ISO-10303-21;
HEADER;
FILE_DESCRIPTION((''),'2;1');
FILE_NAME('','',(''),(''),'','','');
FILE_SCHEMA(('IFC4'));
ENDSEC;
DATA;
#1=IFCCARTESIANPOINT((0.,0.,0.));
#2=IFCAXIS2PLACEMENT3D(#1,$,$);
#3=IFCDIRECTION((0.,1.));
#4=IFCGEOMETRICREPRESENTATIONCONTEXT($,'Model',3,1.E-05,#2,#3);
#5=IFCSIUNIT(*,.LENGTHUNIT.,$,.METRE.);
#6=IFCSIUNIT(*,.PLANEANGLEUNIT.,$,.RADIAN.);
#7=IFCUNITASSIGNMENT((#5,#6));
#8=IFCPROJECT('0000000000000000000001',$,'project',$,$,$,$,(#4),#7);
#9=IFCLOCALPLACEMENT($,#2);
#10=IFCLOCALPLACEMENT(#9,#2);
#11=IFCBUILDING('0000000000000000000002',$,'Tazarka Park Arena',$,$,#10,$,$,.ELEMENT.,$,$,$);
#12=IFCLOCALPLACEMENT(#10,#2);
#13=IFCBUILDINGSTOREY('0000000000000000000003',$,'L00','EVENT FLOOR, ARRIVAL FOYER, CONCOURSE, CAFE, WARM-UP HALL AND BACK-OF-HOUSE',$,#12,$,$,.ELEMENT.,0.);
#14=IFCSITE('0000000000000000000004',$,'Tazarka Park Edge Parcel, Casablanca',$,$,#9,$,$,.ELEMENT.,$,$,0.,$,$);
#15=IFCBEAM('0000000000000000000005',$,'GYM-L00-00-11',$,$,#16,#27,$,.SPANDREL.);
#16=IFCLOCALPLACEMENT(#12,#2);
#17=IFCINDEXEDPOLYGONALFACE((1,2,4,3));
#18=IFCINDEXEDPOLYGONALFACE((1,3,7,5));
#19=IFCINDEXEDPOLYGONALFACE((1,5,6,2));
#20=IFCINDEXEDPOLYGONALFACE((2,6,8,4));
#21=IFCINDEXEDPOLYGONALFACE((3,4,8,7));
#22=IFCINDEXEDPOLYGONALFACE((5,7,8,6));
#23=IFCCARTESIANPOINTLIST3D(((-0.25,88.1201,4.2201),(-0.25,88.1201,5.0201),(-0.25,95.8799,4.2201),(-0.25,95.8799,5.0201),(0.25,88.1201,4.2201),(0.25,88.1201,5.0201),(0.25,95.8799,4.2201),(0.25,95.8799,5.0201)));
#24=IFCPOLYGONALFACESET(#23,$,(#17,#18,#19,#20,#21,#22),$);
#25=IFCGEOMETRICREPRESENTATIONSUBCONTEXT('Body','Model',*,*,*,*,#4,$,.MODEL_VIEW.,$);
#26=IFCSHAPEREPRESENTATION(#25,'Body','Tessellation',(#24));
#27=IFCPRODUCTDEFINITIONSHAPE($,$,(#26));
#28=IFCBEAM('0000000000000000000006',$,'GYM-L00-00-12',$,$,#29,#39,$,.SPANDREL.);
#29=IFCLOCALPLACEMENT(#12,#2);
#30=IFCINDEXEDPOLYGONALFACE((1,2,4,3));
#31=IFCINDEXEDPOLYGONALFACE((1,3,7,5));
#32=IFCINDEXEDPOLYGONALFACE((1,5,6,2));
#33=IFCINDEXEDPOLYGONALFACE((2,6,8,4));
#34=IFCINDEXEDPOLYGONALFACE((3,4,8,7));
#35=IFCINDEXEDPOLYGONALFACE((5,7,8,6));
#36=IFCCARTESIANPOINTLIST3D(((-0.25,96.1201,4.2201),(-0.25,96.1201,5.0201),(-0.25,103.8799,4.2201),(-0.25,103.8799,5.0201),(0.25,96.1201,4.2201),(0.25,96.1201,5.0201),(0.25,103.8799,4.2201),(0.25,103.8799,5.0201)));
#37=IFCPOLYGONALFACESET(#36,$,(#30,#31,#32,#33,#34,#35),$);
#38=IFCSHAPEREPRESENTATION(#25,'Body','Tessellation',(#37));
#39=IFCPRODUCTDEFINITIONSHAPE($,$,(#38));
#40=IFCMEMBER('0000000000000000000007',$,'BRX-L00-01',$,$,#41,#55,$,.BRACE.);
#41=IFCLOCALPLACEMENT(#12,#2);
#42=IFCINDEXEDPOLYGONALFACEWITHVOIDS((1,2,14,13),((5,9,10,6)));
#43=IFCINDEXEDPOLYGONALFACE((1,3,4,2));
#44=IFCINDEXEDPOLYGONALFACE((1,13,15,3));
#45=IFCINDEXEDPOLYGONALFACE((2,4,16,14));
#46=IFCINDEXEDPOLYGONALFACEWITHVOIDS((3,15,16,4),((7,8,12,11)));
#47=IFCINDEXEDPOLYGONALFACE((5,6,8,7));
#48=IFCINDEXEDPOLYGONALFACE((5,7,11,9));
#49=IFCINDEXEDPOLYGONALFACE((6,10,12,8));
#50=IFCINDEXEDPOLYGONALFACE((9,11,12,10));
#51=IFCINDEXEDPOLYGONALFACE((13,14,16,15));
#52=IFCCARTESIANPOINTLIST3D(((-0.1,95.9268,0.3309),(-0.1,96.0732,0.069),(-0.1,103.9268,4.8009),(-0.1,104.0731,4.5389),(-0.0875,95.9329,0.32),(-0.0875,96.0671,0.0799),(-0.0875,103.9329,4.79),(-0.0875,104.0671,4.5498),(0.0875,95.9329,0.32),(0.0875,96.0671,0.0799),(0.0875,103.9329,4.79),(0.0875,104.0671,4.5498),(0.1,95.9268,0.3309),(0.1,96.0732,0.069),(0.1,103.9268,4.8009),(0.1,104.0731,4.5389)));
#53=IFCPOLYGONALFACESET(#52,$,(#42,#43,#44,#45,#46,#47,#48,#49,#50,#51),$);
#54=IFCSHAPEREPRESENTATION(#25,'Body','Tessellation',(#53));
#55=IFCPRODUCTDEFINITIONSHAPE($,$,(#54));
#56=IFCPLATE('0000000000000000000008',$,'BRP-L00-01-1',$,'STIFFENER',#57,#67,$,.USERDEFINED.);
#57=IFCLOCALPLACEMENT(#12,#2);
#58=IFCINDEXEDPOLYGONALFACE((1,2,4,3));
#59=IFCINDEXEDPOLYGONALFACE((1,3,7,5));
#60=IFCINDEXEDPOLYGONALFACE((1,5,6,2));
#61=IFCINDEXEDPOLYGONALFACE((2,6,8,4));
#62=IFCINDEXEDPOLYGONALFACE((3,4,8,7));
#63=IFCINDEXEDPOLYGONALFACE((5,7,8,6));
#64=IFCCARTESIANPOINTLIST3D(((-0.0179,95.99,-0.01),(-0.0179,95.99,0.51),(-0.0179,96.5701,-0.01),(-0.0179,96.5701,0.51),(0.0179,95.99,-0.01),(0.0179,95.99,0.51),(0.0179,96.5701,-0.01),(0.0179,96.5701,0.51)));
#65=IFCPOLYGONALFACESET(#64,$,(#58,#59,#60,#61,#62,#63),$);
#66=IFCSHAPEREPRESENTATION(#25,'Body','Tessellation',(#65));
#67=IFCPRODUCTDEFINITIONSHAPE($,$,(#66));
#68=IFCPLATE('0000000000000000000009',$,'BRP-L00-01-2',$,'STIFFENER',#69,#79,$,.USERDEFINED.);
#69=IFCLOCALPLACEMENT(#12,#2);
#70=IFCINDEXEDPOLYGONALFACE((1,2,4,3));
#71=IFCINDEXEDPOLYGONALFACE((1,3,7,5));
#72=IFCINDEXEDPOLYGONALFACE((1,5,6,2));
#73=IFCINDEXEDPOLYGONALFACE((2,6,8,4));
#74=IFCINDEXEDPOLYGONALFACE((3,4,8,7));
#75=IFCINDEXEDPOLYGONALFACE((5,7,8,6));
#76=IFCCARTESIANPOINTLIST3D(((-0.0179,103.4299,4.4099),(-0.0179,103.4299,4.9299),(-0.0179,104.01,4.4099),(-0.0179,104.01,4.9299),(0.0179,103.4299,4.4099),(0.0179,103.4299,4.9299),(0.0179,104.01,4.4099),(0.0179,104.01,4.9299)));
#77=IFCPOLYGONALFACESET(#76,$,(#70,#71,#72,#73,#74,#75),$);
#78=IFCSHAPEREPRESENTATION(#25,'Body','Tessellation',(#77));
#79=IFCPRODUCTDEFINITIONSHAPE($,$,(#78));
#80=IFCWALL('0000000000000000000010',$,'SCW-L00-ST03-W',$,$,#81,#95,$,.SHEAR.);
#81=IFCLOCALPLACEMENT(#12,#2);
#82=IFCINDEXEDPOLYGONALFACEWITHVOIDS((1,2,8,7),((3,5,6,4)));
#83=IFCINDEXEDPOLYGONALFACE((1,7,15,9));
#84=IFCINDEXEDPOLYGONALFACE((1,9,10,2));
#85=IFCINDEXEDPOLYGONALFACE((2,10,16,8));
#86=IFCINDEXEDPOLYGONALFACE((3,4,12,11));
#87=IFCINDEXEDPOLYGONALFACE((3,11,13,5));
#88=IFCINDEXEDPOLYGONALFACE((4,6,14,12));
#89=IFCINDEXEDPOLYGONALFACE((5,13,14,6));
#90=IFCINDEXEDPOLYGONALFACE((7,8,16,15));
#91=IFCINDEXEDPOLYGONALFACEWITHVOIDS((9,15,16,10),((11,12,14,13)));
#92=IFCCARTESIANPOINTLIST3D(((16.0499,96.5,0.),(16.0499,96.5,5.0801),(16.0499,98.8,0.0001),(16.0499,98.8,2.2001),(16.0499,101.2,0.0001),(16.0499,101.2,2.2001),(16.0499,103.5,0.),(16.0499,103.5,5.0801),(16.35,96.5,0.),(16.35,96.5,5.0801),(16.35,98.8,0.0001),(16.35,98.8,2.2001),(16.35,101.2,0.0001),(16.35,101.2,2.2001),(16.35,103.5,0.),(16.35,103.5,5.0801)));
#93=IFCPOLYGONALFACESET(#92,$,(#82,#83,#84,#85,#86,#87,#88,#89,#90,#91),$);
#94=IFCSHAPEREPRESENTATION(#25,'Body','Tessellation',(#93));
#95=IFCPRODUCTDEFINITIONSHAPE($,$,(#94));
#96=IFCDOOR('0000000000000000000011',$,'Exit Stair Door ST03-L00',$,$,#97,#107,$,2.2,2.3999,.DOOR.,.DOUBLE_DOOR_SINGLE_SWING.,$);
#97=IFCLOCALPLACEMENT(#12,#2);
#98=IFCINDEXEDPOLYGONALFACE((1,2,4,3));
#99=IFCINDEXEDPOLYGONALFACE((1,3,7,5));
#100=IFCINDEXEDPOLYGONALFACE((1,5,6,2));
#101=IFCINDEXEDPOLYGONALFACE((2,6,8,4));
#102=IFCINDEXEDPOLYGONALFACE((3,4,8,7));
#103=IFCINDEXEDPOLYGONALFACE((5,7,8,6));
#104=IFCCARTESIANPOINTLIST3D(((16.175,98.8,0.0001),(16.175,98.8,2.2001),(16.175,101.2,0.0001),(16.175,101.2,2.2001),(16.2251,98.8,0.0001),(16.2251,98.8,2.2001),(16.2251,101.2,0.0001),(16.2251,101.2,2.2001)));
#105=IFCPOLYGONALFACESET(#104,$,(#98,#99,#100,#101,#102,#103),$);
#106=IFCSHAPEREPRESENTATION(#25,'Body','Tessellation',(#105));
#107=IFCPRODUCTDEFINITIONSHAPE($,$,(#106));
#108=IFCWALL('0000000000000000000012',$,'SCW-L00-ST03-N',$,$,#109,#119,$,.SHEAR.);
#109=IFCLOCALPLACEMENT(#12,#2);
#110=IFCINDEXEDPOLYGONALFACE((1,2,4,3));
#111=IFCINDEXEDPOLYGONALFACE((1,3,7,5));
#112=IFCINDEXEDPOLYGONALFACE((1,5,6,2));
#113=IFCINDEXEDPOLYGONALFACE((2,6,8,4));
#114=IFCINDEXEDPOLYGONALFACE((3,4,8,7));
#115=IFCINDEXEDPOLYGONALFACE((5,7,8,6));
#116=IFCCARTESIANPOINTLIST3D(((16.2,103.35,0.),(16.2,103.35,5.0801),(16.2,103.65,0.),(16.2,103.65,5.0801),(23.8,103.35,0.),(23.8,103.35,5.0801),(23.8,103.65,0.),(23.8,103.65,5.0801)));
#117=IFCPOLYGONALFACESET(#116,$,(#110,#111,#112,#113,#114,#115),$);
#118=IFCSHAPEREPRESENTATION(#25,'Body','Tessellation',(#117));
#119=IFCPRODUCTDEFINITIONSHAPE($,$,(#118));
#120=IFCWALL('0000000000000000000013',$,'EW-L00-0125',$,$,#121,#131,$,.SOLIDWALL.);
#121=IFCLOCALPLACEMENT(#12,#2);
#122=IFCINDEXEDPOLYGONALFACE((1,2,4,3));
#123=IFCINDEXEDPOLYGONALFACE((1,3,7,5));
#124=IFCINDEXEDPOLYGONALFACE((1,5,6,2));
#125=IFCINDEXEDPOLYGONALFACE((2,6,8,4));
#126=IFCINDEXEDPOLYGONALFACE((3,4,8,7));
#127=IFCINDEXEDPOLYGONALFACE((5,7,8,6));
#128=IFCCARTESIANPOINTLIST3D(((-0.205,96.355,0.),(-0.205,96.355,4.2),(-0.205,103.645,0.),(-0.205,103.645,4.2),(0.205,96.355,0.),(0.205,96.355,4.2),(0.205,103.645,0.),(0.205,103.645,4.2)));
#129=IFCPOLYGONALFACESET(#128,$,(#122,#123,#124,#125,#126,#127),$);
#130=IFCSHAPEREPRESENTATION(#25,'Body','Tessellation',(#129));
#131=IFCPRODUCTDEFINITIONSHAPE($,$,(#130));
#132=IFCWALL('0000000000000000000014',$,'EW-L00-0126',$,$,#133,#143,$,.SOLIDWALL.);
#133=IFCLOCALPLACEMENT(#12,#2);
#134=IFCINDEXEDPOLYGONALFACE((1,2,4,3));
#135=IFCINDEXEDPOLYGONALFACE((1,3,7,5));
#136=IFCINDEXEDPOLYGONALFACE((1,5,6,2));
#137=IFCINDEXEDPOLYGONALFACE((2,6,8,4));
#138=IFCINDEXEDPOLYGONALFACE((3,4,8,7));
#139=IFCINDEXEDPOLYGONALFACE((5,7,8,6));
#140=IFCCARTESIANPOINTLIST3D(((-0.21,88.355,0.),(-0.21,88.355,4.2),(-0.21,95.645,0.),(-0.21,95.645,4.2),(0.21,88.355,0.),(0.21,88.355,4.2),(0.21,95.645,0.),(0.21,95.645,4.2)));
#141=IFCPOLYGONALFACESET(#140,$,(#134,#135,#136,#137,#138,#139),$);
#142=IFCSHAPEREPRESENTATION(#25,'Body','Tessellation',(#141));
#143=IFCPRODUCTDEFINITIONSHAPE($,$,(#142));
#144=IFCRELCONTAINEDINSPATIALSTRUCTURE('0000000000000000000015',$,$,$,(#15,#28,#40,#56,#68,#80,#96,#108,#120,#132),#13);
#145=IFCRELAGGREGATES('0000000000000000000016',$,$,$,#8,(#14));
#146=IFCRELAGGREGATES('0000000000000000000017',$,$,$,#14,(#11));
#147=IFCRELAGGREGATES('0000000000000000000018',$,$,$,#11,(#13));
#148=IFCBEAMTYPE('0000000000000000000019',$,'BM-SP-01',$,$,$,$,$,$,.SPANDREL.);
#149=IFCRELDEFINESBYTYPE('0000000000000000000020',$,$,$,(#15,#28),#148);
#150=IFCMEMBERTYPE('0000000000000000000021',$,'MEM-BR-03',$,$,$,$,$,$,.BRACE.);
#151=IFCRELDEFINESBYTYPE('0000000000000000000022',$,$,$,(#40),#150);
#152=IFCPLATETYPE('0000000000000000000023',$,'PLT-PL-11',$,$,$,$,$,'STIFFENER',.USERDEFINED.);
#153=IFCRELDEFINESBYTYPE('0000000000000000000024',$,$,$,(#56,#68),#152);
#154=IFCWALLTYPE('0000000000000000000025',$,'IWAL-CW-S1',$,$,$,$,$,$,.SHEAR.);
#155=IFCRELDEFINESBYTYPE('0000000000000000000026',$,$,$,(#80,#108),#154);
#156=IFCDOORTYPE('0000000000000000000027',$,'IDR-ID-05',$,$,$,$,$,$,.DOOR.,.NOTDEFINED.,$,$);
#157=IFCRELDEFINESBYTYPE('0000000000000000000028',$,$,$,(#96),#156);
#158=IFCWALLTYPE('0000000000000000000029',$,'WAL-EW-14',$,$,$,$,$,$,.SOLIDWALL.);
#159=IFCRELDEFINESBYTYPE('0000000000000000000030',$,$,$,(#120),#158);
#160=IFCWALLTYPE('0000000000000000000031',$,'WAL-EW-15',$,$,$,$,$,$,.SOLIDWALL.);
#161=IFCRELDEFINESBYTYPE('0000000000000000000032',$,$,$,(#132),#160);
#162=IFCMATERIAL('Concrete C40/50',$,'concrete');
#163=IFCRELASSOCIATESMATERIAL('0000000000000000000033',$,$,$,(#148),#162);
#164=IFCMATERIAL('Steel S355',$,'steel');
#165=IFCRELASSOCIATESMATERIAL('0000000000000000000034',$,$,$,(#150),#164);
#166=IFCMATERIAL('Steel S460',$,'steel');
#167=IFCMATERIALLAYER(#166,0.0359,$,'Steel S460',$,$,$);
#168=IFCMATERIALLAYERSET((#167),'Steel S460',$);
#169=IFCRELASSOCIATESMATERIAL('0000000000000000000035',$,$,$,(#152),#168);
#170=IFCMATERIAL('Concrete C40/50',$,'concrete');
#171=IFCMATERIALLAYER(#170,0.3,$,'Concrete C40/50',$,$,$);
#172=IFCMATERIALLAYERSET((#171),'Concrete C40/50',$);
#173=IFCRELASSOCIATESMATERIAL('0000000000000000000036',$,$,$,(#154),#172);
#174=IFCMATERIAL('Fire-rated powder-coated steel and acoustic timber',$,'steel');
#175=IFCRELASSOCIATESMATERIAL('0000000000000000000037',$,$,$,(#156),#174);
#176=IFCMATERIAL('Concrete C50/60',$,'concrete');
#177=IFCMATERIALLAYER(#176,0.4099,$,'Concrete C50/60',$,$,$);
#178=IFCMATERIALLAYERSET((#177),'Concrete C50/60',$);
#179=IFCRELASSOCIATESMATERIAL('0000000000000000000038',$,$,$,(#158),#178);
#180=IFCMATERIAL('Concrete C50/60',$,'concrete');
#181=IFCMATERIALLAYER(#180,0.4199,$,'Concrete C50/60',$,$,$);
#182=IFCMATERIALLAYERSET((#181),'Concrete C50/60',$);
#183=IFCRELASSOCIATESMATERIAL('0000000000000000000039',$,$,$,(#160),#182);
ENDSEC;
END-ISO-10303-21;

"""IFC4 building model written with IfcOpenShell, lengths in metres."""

from ifc_helpers import new_model, si_unit, direction, frame, frame_2d, origin, origin_2d, place, context, subcontext, project, spatial, rectangle, hollow_rectangle, extrude, material, layer, layer_set, material_profile, profile_set, type_object, element, fill, save


model = new_model("IFC4")

# Units and contexts
model_context = context("Model", 3, precision=1e-05, world=origin(), true_north=direction((0.0, 1.0)))
body_context = subcontext(model_context, "Body", "Model", "MODEL_VIEW")
ifc_project = project(units=[si_unit("LENGTHUNIT", "METRE"), si_unit("PLANEANGLEUNIT", "RADIAN")], contexts=[model_context])

# Site, building, storey
site_placement = place(None, origin())
site = spatial("IfcSite", under=ifc_project, at=site_placement, Name="Tazarka Park Edge Parcel, Casablanca", CompositionType="ELEMENT", RefElevation=0.0)
building_placement = place(site_placement, origin())
building = spatial("IfcBuilding", under=site, at=building_placement, Name="Tazarka Park Arena", CompositionType="ELEMENT")
storey_placement = place(building_placement, origin())
storey = spatial("IfcBuildingStorey", under=building, at=storey_placement, Name="L00", Description="EVENT FLOOR, ARRIVAL FOYER, CONCOURSE, CAFE, WARM-UP HALL AND BACK-OF-HOUSE", CompositionType="ELEMENT", Elevation=0.0)

# Beams
ifc_material_1 = material(Name="Concrete C40/50", Category="concrete")
ifc_material_profile_1 = material_profile(ifc_material_1, rectangle(XDim=0.5, YDim=0.8, at=origin_2d()), Name="Concrete C40/50")
ifc_profile_set_1 = profile_set([ifc_material_profile_1], Name="Concrete C40/50")
beam_type_1 = type_object("IfcBeamType", Name="BM-SP-01", PredefinedType="SPANDREL", material=ifc_profile_set_1)
for number, where, z_axis, x_axis, name in (
    (1, (0.0, 88.1201, 4.6201), (0.0, 1.0, 0.0), (-1.0, 0.0, 0.0), "GYM-L00-00-11"),
    (2, (0.0, 96.1201, 4.6201), (0.0, 1.0, 0.0), (-1.0, 0.0, 0.0), "GYM-L00-00-12"),
):
    element("IfcBeam", number, at=place(storey_placement, frame(where, z_axis=z_axis, x_axis=x_axis)), inside=storey, type_object=beam_type_1, Name=name, PredefinedType="SPANDREL", context=body_context, shape_type="SweptSolid", body=[
        extrude(rectangle(XDim=0.5, YDim=0.8, at=origin_2d()), origin(), (0.0, 0.0, 1.0), 7.7598),
    ])

# Member
ifc_material_2 = material(Name="Steel S355", Category="steel")
ifc_material_profile_2 = material_profile(ifc_material_2, hollow_rectangle(XDim=0.2, YDim=0.3, WallThickness=0.0125, at=origin_2d()), Name="Steel S355")
ifc_profile_set_2 = profile_set([ifc_material_profile_2], Name="Steel S355")
member_type = type_object("IfcMemberType", Name="MEM-BR-03", PredefinedType="BRACE", material=ifc_profile_set_2)
member_placement = place(storey_placement, frame((0.0, 96.0, 0.2), z_axis=(0.0, 0.872972, 0.48777), x_axis=(-1.0, 0.0, 0.0)))
element("IfcMember", 3, at=member_placement, inside=storey, type_object=member_type, Name="BRX-L00-01", PredefinedType="BRACE", context=body_context, shape_type="SweptSolid", body=[
    extrude(hollow_rectangle(XDim=0.2, YDim=0.3, WallThickness=0.0125, at=origin_2d()), origin(), (0.0, 0.0, 1.0), 9.1641),
])

# Plates
ifc_material_3 = material(Name="Steel S460", Category="steel")
ifc_layer_1 = layer(ifc_material_3, 0.0359, Name="Steel S460")
ifc_layer_set_1 = layer_set([ifc_layer_1], Name="Steel S460")
plate_type = type_object("IfcPlateType", Name="PLT-PL-11", ElementType="STIFFENER", PredefinedType="USERDEFINED", material=ifc_layer_set_1)
for number, where, z_axis, x_axis, name in (
    (4, (0.0, 96.28, -0.01), (0.0, 0.0, 1.0), (1.0, 0.0, 0.0), "BRP-L00-01-1"),
    (5, (0.0, 103.72, 4.4099), (0.0, 0.0, 1.0), (1.0, 0.0, 0.0), "BRP-L00-01-2"),
):
    element("IfcPlate", number, at=place(storey_placement, frame(where, z_axis=z_axis, x_axis=x_axis)), inside=storey, type_object=plate_type, Name=name, ObjectType="STIFFENER", PredefinedType="USERDEFINED", context=body_context, shape_type="SweptSolid", body=[
        extrude(rectangle(XDim=0.0359, YDim=0.5801, at=origin_2d()), origin(), (0.0, 0.0, 1.0), 0.52),
    ])

# Wall, opening, door
ifc_material_4 = material(Name="Concrete C40/50", Category="concrete")
ifc_layer_2 = layer(ifc_material_4, 0.3, Name="Concrete C40/50")
ifc_layer_set_2 = layer_set([ifc_layer_2], Name="Concrete C40/50")
wall_type_1 = type_object("IfcWallType", Name="IWAL-CW-S1", PredefinedType="SHEAR", material=ifc_layer_set_2)
wall_1_placement = place(storey_placement, frame((16.2, 96.5, 0.0), z_axis=(0.0, 0.0, 1.0), x_axis=(0.0, 1.0, 0.0)))
wall_1 = element("IfcWall", 6, at=wall_1_placement, inside=storey, type_object=wall_type_1, Name="SCW-L00-ST03-W", PredefinedType="SHEAR", context=body_context, shape_type="SweptSolid", body=[
    extrude(rectangle(XDim=7.0, YDim=0.3, at=frame_2d((3.5, 0.0))), origin(), (0.0, 0.0, 1.0), 5.0801),
])
opening_placement = place(wall_1_placement, frame((2.3, 0.0, 0.0)))
opening = element("IfcOpeningElement", 7, at=opening_placement, cuts=wall_1, PredefinedType="OPENING", context=body_context, shape_type="SweptSolid", body=[
    extrude(rectangle(XDim=2.3999, YDim=2.2, at=frame_2d((1.2, 1.1001))), frame((0.0, 0.1602, 0.0), z_axis=(0.0, -1.0, 0.0), x_axis=(1.0, 0.0, 0.0)), (0.0, 0.0, 1.0), 0.3201),
])
ifc_material_5 = material(Name="Fire-rated powder-coated steel and acoustic timber", Category="steel")
door_type = type_object("IfcDoorType", Name="IDR-ID-05", OperationType="NOTDEFINED", PredefinedType="DOOR", material=ifc_material_5)
door_placement = place(opening_placement, origin())
door = element("IfcDoor", 8, at=door_placement, inside=storey, type_object=door_type, Name="Exit Stair Door ST03-L00", OperationType="DOUBLE_DOOR_SINGLE_SWING", OverallHeight=2.2, OverallWidth=2.3999, PredefinedType="DOOR", context=body_context, shape_type="SweptSolid", body=[
    extrude(rectangle(XDim=2.3999, YDim=2.2, at=frame_2d((1.2, 1.1001))), frame((0.0, 0.0249, 0.0), z_axis=(0.0, -1.0, 0.0), x_axis=(1.0, 0.0, 0.0)), (0.0, 0.0, 1.0), 0.05),
])
fill(opening, door)

# Walls
wall_2_placement = place(storey_placement, frame((16.2, 103.5, 0.0), z_axis=(0.0, 0.0, 1.0), x_axis=(1.0, 0.0, 0.0)))
element("IfcWall", 9, at=wall_2_placement, inside=storey, type_object=wall_type_1, Name="SCW-L00-ST03-N", PredefinedType="SHEAR", context=body_context, shape_type="SweptSolid", body=[
    extrude(rectangle(XDim=7.6001, YDim=0.3, at=frame_2d((3.8, 0.0))), origin(), (0.0, 0.0, 1.0), 5.0801),
])
ifc_material_6 = material(Name="Concrete C50/60", Category="concrete")
ifc_layer_3 = layer(ifc_material_6, 0.4099, Name="Concrete C50/60")
ifc_layer_set_3 = layer_set([ifc_layer_3], Name="Concrete C50/60")
wall_type_2 = type_object("IfcWallType", Name="WAL-EW-14", PredefinedType="SOLIDWALL", material=ifc_layer_set_3)
wall_3_placement = place(storey_placement, frame((0.0, 96.355, 0.0), z_axis=(0.0, 0.0, 1.0), x_axis=(0.0, 1.0, 0.0)))
element("IfcWall", 10, at=wall_3_placement, inside=storey, type_object=wall_type_2, Name="EW-L00-0125", PredefinedType="SOLIDWALL", context=body_context, shape_type="SweptSolid", body=[
    extrude(rectangle(XDim=7.29, YDim=0.4099, at=frame_2d((3.645, 0.0))), origin(), (0.0, 0.0, 1.0), 4.2),
])
ifc_material_7 = material(Name="Concrete C50/60", Category="concrete")
ifc_layer_4 = layer(ifc_material_7, 0.4199, Name="Concrete C50/60")
ifc_layer_set_4 = layer_set([ifc_layer_4], Name="Concrete C50/60")
wall_type_3 = type_object("IfcWallType", Name="WAL-EW-15", PredefinedType="SOLIDWALL", material=ifc_layer_set_4)
wall_4_placement = place(storey_placement, frame((0.0, 88.355, 0.0), z_axis=(0.0, 0.0, 1.0), x_axis=(0.0, 1.0, 0.0)))
element("IfcWall", 11, at=wall_4_placement, inside=storey, type_object=wall_type_3, Name="EW-L00-0126", PredefinedType="SOLIDWALL", context=body_context, shape_type="SweptSolid", body=[
    extrude(rectangle(XDim=7.29, YDim=0.4199, at=frame_2d((3.645, 0.0))), origin(), (0.0, 0.0, 1.0), 4.2),
])

save(model, "model.ifc")
